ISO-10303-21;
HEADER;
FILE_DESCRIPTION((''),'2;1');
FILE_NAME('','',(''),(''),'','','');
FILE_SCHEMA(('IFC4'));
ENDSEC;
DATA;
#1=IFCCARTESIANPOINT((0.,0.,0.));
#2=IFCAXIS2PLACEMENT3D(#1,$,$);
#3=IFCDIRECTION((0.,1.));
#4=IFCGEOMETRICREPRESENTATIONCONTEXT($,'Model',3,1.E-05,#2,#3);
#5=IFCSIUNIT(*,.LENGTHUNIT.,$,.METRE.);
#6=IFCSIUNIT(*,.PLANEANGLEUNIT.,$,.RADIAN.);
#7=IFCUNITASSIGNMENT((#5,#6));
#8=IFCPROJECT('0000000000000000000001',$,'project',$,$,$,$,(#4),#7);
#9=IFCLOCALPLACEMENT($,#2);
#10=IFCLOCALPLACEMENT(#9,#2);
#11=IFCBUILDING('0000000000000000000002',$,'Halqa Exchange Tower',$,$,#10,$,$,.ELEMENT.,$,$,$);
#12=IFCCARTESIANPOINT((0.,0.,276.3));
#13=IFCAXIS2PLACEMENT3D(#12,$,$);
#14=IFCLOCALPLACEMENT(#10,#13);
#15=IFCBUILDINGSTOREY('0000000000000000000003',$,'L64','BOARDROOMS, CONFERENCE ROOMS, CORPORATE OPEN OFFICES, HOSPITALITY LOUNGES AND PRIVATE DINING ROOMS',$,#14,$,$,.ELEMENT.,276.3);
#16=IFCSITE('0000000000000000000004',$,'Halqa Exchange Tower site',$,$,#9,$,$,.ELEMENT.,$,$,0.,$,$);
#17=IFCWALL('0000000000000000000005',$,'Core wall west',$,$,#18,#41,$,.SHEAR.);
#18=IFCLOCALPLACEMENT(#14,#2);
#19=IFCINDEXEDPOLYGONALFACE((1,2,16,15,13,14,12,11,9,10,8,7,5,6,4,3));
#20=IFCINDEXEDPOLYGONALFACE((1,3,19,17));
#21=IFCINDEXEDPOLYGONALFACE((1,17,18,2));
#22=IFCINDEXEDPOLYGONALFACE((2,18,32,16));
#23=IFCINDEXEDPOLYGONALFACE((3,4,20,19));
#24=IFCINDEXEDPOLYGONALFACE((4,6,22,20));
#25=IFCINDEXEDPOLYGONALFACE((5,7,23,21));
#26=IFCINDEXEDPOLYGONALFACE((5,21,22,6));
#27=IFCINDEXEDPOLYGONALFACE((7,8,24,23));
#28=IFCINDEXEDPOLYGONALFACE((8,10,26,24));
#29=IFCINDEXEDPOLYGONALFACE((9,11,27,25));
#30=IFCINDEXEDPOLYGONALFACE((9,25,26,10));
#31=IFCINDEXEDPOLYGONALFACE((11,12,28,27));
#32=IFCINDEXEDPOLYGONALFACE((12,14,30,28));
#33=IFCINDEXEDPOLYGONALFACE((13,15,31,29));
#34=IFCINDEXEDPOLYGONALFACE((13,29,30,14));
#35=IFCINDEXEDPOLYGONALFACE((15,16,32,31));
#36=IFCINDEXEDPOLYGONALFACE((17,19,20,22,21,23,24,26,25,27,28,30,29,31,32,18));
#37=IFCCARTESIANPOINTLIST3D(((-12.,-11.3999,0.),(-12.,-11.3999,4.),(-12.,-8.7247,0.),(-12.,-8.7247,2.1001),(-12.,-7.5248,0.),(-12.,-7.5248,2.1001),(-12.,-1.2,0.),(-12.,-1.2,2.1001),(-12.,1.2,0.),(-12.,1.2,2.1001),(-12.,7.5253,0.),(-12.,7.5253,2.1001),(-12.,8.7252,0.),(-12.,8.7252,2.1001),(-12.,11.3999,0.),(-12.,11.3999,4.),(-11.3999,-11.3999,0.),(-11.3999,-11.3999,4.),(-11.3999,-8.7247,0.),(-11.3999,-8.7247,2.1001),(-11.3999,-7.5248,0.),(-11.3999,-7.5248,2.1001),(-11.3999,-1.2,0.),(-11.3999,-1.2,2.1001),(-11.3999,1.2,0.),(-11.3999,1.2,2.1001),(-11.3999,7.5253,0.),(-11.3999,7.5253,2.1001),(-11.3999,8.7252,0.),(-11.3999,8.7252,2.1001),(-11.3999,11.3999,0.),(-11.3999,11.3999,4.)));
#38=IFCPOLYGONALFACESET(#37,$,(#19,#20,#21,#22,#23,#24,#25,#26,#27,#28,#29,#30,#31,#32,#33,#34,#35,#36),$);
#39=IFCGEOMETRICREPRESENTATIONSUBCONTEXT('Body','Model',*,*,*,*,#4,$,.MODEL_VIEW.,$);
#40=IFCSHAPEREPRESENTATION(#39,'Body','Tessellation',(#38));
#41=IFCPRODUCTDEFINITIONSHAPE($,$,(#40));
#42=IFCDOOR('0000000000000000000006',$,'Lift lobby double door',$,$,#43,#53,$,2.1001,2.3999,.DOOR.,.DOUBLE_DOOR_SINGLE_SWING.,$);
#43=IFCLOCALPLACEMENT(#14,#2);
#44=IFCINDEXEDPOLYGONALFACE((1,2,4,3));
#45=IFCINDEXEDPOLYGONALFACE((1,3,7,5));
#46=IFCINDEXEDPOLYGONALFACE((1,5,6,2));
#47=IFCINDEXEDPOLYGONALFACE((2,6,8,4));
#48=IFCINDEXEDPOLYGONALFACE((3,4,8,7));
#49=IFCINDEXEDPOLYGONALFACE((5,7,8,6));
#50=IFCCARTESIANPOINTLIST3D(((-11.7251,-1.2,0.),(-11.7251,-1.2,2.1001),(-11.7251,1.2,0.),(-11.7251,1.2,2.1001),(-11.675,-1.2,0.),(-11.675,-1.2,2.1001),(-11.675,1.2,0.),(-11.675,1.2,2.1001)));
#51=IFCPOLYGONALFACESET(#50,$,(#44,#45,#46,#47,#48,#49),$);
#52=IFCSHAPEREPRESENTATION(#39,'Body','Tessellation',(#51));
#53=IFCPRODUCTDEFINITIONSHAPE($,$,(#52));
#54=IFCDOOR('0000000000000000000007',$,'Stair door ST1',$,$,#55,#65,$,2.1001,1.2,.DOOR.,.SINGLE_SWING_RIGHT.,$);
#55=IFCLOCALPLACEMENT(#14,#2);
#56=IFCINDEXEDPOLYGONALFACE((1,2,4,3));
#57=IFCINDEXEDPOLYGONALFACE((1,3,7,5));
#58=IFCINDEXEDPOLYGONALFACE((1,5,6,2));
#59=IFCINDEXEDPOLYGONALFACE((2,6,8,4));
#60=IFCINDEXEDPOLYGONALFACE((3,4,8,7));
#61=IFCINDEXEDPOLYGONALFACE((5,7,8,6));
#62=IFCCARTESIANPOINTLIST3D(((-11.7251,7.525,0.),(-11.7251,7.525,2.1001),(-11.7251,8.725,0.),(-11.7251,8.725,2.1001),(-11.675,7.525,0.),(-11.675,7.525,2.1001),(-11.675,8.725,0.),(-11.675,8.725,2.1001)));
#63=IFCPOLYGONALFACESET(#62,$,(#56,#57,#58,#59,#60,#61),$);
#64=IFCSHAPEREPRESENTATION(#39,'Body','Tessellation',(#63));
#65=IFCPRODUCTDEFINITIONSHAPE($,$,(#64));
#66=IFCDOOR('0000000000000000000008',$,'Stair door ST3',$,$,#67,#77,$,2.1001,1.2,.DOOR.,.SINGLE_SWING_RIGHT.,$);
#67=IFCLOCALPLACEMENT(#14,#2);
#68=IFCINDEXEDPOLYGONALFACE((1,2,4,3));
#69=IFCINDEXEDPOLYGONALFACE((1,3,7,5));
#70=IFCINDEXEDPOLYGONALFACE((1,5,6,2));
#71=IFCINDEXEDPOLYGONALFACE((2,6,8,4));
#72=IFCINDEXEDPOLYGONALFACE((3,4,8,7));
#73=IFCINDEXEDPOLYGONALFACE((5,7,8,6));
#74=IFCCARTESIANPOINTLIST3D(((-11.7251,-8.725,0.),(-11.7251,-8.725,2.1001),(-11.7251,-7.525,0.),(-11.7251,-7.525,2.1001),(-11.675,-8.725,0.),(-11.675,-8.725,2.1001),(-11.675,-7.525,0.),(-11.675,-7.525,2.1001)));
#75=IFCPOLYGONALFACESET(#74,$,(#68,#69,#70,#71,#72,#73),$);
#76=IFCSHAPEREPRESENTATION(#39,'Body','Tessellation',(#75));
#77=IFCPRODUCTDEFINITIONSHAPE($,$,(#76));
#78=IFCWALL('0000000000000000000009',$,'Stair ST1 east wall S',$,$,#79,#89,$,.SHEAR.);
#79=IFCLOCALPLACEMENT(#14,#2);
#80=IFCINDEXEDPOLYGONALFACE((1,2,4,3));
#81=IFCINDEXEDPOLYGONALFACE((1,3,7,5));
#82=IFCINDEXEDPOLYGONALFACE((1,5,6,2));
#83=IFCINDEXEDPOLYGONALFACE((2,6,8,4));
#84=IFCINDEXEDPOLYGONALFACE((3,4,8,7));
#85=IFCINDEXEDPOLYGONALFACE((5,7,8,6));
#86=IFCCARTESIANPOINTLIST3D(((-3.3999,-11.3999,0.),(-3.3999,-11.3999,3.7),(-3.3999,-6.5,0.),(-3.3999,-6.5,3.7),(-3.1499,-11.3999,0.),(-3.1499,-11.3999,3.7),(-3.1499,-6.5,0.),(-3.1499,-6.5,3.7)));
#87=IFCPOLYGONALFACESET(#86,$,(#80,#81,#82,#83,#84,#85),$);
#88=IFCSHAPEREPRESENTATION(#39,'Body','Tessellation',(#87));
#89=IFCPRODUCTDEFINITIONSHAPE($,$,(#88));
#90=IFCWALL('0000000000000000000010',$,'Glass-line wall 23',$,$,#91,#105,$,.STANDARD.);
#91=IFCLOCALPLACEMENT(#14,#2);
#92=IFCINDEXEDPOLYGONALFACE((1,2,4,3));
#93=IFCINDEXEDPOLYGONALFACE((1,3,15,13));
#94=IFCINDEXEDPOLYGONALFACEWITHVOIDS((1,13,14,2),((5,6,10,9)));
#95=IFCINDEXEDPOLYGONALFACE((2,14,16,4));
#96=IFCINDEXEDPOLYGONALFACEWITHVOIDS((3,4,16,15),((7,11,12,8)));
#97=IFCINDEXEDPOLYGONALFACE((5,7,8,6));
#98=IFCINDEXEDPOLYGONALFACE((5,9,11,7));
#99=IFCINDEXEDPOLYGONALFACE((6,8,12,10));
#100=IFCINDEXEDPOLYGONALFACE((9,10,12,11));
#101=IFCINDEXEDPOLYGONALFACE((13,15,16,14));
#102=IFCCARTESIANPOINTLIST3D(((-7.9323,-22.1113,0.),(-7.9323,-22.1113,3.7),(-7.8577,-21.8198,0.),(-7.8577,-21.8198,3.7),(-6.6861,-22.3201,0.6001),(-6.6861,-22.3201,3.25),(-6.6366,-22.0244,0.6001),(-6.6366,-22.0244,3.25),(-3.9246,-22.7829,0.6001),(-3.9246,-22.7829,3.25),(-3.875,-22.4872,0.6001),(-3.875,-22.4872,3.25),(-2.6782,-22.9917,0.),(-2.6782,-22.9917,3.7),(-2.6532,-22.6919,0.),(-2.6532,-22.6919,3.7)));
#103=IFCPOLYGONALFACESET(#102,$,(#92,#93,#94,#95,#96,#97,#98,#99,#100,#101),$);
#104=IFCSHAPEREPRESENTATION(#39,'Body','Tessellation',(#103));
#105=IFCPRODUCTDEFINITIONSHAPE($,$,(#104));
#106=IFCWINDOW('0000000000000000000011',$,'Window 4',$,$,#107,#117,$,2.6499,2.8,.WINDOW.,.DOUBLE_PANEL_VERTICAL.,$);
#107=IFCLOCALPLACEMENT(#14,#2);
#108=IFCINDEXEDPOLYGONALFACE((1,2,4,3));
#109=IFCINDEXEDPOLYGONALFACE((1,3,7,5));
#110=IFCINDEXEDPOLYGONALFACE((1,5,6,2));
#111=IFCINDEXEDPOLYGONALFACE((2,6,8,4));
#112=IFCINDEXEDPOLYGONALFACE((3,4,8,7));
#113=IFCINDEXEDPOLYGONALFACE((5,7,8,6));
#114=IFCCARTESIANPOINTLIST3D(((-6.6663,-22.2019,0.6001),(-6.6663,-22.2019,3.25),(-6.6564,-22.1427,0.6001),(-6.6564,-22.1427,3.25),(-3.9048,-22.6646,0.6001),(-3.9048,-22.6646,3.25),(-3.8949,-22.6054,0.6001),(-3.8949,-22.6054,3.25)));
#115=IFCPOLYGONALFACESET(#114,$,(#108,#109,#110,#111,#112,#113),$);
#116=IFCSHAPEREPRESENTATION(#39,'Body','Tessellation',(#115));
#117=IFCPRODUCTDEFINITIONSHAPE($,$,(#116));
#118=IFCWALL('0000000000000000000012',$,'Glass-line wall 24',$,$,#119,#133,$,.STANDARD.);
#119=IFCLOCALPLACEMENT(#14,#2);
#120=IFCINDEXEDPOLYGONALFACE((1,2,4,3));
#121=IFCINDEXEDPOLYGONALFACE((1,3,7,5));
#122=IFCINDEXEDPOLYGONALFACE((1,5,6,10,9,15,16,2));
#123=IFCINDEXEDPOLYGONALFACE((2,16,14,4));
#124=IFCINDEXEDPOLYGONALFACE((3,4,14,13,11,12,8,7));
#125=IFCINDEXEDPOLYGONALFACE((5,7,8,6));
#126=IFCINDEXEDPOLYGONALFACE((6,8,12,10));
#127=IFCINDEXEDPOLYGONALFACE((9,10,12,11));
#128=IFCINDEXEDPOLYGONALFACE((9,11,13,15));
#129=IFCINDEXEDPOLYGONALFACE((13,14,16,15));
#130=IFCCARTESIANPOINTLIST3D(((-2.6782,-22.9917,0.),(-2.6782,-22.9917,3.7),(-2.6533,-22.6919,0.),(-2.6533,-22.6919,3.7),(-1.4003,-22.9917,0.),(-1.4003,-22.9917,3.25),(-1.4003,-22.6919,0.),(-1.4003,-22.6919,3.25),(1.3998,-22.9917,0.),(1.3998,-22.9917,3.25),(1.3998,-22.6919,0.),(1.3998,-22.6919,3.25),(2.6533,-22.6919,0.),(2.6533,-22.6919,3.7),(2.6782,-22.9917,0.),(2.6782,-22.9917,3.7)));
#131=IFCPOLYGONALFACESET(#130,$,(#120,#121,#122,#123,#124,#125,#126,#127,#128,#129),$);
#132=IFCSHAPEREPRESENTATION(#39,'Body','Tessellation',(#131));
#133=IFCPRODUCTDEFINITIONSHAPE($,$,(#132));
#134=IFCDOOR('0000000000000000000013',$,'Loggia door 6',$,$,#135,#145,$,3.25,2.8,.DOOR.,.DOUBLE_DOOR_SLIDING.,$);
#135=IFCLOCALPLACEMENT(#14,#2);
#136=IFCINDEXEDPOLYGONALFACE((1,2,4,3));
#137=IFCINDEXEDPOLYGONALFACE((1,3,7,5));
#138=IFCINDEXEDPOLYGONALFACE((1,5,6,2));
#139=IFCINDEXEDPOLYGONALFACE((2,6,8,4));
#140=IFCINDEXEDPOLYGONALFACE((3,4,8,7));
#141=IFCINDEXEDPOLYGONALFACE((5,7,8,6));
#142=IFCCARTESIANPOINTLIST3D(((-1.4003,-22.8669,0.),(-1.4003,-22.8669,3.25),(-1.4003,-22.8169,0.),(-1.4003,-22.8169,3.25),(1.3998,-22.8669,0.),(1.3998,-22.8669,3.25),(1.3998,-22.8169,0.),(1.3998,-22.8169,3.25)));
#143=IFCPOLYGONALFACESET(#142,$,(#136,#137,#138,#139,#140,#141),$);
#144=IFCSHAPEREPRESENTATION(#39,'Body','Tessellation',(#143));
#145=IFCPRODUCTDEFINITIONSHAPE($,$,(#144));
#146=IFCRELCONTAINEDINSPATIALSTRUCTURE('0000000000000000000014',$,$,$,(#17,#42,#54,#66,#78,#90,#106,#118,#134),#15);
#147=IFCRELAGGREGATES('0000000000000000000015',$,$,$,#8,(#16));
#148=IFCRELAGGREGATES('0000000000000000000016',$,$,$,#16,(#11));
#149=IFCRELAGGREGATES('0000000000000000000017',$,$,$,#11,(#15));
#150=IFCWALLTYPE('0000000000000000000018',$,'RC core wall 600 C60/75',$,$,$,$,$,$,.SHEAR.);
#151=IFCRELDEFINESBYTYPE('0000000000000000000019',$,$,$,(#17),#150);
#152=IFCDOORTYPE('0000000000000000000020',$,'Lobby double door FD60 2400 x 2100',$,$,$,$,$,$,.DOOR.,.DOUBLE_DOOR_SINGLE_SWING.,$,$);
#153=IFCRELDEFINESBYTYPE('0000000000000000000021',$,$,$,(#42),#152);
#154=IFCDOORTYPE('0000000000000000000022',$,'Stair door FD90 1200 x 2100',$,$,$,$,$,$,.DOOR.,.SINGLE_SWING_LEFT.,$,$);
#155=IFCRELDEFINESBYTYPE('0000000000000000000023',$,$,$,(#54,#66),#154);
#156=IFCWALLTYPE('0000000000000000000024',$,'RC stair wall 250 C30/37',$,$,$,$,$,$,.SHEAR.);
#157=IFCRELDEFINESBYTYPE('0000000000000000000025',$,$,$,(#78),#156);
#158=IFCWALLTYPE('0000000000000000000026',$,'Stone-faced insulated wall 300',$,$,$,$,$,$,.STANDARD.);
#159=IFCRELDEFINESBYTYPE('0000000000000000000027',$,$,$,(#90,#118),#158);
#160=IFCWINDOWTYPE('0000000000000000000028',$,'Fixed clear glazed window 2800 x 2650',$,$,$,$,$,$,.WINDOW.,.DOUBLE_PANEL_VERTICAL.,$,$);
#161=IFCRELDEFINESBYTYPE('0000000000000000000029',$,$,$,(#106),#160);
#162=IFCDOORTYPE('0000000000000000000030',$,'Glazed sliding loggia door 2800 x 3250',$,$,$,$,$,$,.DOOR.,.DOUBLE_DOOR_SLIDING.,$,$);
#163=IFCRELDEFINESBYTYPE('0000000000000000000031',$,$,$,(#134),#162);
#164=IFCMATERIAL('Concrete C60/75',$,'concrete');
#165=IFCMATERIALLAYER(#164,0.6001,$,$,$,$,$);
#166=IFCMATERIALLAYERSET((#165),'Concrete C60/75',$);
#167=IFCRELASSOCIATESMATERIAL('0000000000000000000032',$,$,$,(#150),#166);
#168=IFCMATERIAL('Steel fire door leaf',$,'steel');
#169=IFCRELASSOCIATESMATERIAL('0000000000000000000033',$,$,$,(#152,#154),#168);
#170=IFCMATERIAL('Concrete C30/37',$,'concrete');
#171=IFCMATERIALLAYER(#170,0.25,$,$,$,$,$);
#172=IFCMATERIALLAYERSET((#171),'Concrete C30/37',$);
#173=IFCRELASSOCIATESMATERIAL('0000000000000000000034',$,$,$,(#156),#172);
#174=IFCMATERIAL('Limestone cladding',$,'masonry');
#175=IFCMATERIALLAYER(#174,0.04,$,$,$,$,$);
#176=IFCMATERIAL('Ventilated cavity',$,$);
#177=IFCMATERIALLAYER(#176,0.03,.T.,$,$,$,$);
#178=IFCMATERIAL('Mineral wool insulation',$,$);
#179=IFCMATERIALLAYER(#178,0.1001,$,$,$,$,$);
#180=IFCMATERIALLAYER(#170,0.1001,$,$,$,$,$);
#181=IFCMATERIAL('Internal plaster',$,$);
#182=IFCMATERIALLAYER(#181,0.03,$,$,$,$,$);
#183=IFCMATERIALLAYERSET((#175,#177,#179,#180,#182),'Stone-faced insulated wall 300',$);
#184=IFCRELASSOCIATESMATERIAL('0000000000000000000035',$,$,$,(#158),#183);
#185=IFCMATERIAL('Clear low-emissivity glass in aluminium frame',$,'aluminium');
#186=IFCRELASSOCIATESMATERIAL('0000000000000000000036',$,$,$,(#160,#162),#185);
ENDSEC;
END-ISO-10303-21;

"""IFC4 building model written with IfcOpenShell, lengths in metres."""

from ifc_helpers import new_model, si_unit, direction, frame, frame_2d, origin, place, context, subcontext, project, spatial, polyline, rectangle, outline, extrude, material, layer, layer_set, type_object, element, fill, save


model = new_model("IFC4")

# Units and contexts
model_context = context("Model", 3, precision=1e-05, world=origin(), true_north=direction((0.0, 1.0)))
body_context = subcontext(model_context, "Body", "Model", "MODEL_VIEW")
ifc_project = project(units=[si_unit("LENGTHUNIT", "METRE"), si_unit("PLANEANGLEUNIT", "RADIAN")], contexts=[model_context])

# Site, building, storey
site_placement = place(None, origin())
site = spatial("IfcSite", under=ifc_project, at=site_placement, Name="Halqa Exchange Tower site", CompositionType="ELEMENT", RefElevation=0.0)
building_placement = place(site_placement, origin())
building = spatial("IfcBuilding", under=site, at=building_placement, Name="Halqa Exchange Tower", CompositionType="ELEMENT")
storey_placement = place(building_placement, frame((0.0, 0.0, 276.3)))
storey = spatial("IfcBuildingStorey", under=building, at=storey_placement, Name="L64", Description="BOARDROOMS, CONFERENCE ROOMS, CORPORATE OPEN OFFICES, HOSPITALITY LOUNGES AND PRIVATE DINING ROOMS", CompositionType="ELEMENT", Elevation=276.3)

# Shared definitions
ifc_material_1 = material(Name="Concrete C60/75", Category="concrete")

# Wall, openings, doors
ifc_layer_1 = layer(ifc_material_1, 0.6001)
ifc_layer_set_1 = layer_set([ifc_layer_1], Name="Concrete C60/75")
wall_type_1 = type_object("IfcWallType", Name="RC core wall 600 C60/75", PredefinedType="SHEAR", material=ifc_layer_set_1)
wall_1_placement = place(storey_placement, frame((-11.7, -11.3999, 0.0), z_axis=(0.0, 0.0, 1.0), x_axis=(0.0, 1.0, 0.0)))
wall_1 = element("IfcWall", 1, at=wall_1_placement, inside=storey, type_object=wall_type_1, Name="Core wall west", PredefinedType="SHEAR", context=body_context, shape_type="SweptSolid", body=[
    extrude(rectangle(XDim=22.7998, YDim=0.6001, at=frame_2d((11.3999, 0.0))), origin(), (0.0, 0.0, 1.0), 4.0),
])
opening_1_placement = place(wall_1_placement, frame((10.2, 0.0, 0.0)))
opening_1 = element("IfcOpeningElement", 2, at=opening_1_placement, cuts=wall_1, PredefinedType="OPENING", context=body_context, shape_type="SweptSolid", body=[
    extrude(rectangle(XDim=2.3999, YDim=2.1001, at=frame_2d((1.2, 1.05))), frame((0.0, 0.312, 0.0), z_axis=(0.0, -1.0, 0.0), x_axis=(1.0, 0.0, 0.0)), (0.0, 0.0, 1.0), 0.624),
])
opening_2_placement = place(wall_1_placement, frame((18.925, 0.0, 0.0)))
opening_2 = element("IfcOpeningElement", 3, at=opening_2_placement, cuts=wall_1, PredefinedType="OPENING", context=body_context, shape_type="SweptSolid", body=[
    extrude(rectangle(XDim=1.2, YDim=2.1001, at=frame_2d((0.6001, 1.05))), frame((0.0, 0.312, 0.0), z_axis=(0.0, -1.0, 0.0), x_axis=(1.0, 0.0, 0.0)), (0.0, 0.0, 1.0), 0.624),
])
opening_3_placement = place(wall_1_placement, frame((2.675, 0.0, 0.0)))
opening_3 = element("IfcOpeningElement", 4, at=opening_3_placement, cuts=wall_1, PredefinedType="OPENING", context=body_context, shape_type="SweptSolid", body=[
    extrude(rectangle(XDim=1.2, YDim=2.1001, at=frame_2d((0.6001, 1.05))), frame((0.0, 0.312, 0.0), z_axis=(0.0, -1.0, 0.0), x_axis=(1.0, 0.0, 0.0)), (0.0, 0.0, 1.0), 0.624),
])
ifc_material_2 = material(Name="Steel fire door leaf", Category="steel")
door_type_1 = type_object("IfcDoorType", Name="Lobby double door FD60 2400 x 2100", OperationType="DOUBLE_DOOR_SINGLE_SWING", PredefinedType="DOOR", material=ifc_material_2)
door_1_placement = place(opening_1_placement, frame((2.3999, 0.0, 0.0), z_axis=(0.0, 0.0, 1.0), x_axis=(-1.0, 0.0, 0.0)))
door_1 = element("IfcDoor", 5, at=door_1_placement, inside=storey, type_object=door_type_1, Name="Lift lobby double door", OperationType="DOUBLE_DOOR_SINGLE_SWING", OverallHeight=2.1001, OverallWidth=2.3999, PredefinedType="DOOR", context=body_context, shape_type="SweptSolid", body=[
    extrude(rectangle(XDim=2.3999, YDim=2.1001, at=frame_2d((1.2, 1.05))), frame((0.0, 0.0249, 0.0), z_axis=(0.0, -1.0, 0.0), x_axis=(1.0, 0.0, 0.0)), (0.0, 0.0, 1.0), 0.05),
])
fill(opening_1, door_1)
door_type_2 = type_object("IfcDoorType", Name="Stair door FD90 1200 x 2100", OperationType="SINGLE_SWING_LEFT", PredefinedType="DOOR", material=ifc_material_2)
door_2_placement = place(opening_2_placement, frame((1.2, 0.0, 0.0), z_axis=(0.0, 0.0, 1.0), x_axis=(-1.0, 0.0, 0.0)))
door_2 = element("IfcDoor", 6, at=door_2_placement, inside=storey, type_object=door_type_2, Name="Stair door ST1", OperationType="SINGLE_SWING_RIGHT", OverallHeight=2.1001, OverallWidth=1.2, PredefinedType="DOOR", context=body_context, shape_type="SweptSolid", body=[
    extrude(rectangle(XDim=1.2, YDim=2.1001, at=frame_2d((0.6001, 1.05))), frame((0.0, 0.0249, 0.0), z_axis=(0.0, -1.0, 0.0), x_axis=(1.0, 0.0, 0.0)), (0.0, 0.0, 1.0), 0.05),
])
fill(opening_2, door_2)
door_3_placement = place(opening_3_placement, frame((1.2, 0.0, 0.0), z_axis=(0.0, 0.0, 1.0), x_axis=(-1.0, 0.0, 0.0)))
door_3 = element("IfcDoor", 7, at=door_3_placement, inside=storey, type_object=door_type_2, Name="Stair door ST3", OperationType="SINGLE_SWING_RIGHT", OverallHeight=2.1001, OverallWidth=1.2, PredefinedType="DOOR", context=body_context, shape_type="SweptSolid", body=[
    extrude(rectangle(XDim=1.2, YDim=2.1001, at=frame_2d((0.6001, 1.05))), frame((0.0, 0.0249, 0.0), z_axis=(0.0, -1.0, 0.0), x_axis=(1.0, 0.0, 0.0)), (0.0, 0.0, 1.0), 0.05),
])
fill(opening_3, door_3)

# Wall
ifc_material_3 = material(Name="Concrete C30/37", Category="concrete")
ifc_layer_2 = layer(ifc_material_3, 0.25)
ifc_layer_set_2 = layer_set([ifc_layer_2], Name="Concrete C30/37")
wall_type_2 = type_object("IfcWallType", Name="RC stair wall 250 C30/37", PredefinedType="SHEAR", material=ifc_layer_set_2)
wall_2_placement = place(storey_placement, frame((-3.2749, -11.3999, 0.0), z_axis=(0.0, 0.0, 1.0), x_axis=(0.0, 1.0, 0.0)))
element("IfcWall", 8, at=wall_2_placement, inside=storey, type_object=wall_type_2, Name="Stair ST1 east wall S", PredefinedType="SHEAR", context=body_context, shape_type="SweptSolid", body=[
    extrude(rectangle(XDim=4.8999, YDim=0.25, at=frame_2d((2.45, 0.0))), origin(), (0.0, 0.0, 1.0), 3.7),
])

# Wall, opening, window
ifc_material_4 = material(Name="Limestone cladding", Category="masonry")
ifc_layer_3 = layer(ifc_material_4, 0.04)
ifc_material_5 = material(Name="Ventilated cavity")
ifc_layer_4 = layer(ifc_material_5, 0.03, ventilated=True)
ifc_material_6 = material(Name="Mineral wool insulation")
ifc_layer_5 = layer(ifc_material_6, 0.1001)
ifc_layer_6 = layer(ifc_material_3, 0.1001)
ifc_material_7 = material(Name="Internal plaster")
ifc_layer_7 = layer(ifc_material_7, 0.03)
ifc_layer_set_3 = layer_set([ifc_layer_3, ifc_layer_4, ifc_layer_5, ifc_layer_6, ifc_layer_7], Name="Stone-faced insulated wall 300")
wall_type_3 = type_object("IfcWallType", Name="Stone-faced insulated wall 300", PredefinedType="STANDARD", material=ifc_layer_set_3)
wall_3_placement = place(storey_placement, frame((-7.895, -21.9656, 0.0), z_axis=(0.0, 0.0, 1.0), x_axis=(0.98625, -0.165258, 0.0)))
wall_3 = element("IfcWall", 9, at=wall_3_placement, inside=storey, type_object=wall_type_3, Name="Glass-line wall 23", PredefinedType="STANDARD", context=body_context, shape_type="SweptSolid", body=[
    extrude(outline(polyline([(-0.0127, -0.1499), (5.3147, -0.1499), (5.2898, 0.1499), (0.0127, 0.1499), (-0.0127, -0.1499)])), origin(), (0.0, 0.0, 1.0), 3.7),
])
opening_4_placement = place(wall_3_placement, frame((1.251, 0.0, 0.6001)))
opening_4 = element("IfcOpeningElement", 10, at=opening_4_placement, cuts=wall_3, PredefinedType="OPENING", context=body_context, shape_type="SweptSolid", body=[
    extrude(rectangle(XDim=2.8, YDim=2.6499, at=frame_2d((1.3999, 1.325))), frame((0.0, 0.1621, 0.0), z_axis=(0.0, -1.0, 0.0), x_axis=(1.0, 0.0, 0.0)), (0.0, 0.0, 1.0), 0.324),
])
ifc_material_8 = material(Name="Clear low-emissivity glass in aluminium frame", Category="aluminium")
window_type = type_object("IfcWindowType", Name="Fixed clear glazed window 2800 x 2650", PartitioningType="DOUBLE_PANEL_VERTICAL", PredefinedType="WINDOW", material=ifc_material_8)
window_placement = place(opening_4_placement, origin())
window = element("IfcWindow", 11, at=window_placement, inside=storey, type_object=window_type, Name="Window 4", OverallHeight=2.6499, OverallWidth=2.8, PartitioningType="DOUBLE_PANEL_VERTICAL", PredefinedType="WINDOW", context=body_context, shape_type="SweptSolid", body=[
    extrude(rectangle(XDim=2.8, YDim=2.6499, at=frame_2d((1.3999, 1.325))), frame((0.0, 0.03, 0.0), z_axis=(0.0, -1.0, 0.0), x_axis=(1.0, 0.0, 0.0)), (0.0, 0.0, 1.0), 0.0601),
])
fill(opening_4, window)

# Wall, opening, door
wall_4_placement = place(storey_placement, frame((-2.6658, -22.8418, 0.0), z_axis=(0.0, 0.0, 1.0), x_axis=(1.0, 0.0, 0.0)))
wall_4 = element("IfcWall", 12, at=wall_4_placement, inside=storey, type_object=wall_type_3, Name="Glass-line wall 24", PredefinedType="STANDARD", context=body_context, shape_type="SweptSolid", body=[
    extrude(outline(polyline([(-0.0125, -0.1499), (5.344, -0.1499), (5.3191, 0.1499), (0.0125, 0.1499), (-0.0125, -0.1499)])), origin(), (0.0, 0.0, 1.0), 3.7),
])
opening_5_placement = place(wall_4_placement, frame((1.2656, 0.0, 0.0)))
opening_5 = element("IfcOpeningElement", 13, at=opening_5_placement, cuts=wall_4, PredefinedType="OPENING", context=body_context, shape_type="SweptSolid", body=[
    extrude(rectangle(XDim=2.8, YDim=3.25, at=frame_2d((1.3999, 1.625))), frame((0.0, 0.1621, 0.0), z_axis=(0.0, -1.0, 0.0), x_axis=(1.0, 0.0, 0.0)), (0.0, 0.0, 1.0), 0.324),
])
door_type_3 = type_object("IfcDoorType", Name="Glazed sliding loggia door 2800 x 3250", OperationType="DOUBLE_DOOR_SLIDING", PredefinedType="DOOR", material=ifc_material_8)
door_4_placement = place(opening_5_placement, origin())
door_4 = element("IfcDoor", 14, at=door_4_placement, inside=storey, type_object=door_type_3, Name="Loggia door 6", OperationType="DOUBLE_DOOR_SLIDING", OverallHeight=3.25, OverallWidth=2.8, PredefinedType="DOOR", context=body_context, shape_type="SweptSolid", body=[
    extrude(rectangle(XDim=2.8, YDim=3.25, at=frame_2d((1.3999, 1.625))), frame((0.0, 0.0249, 0.0), z_axis=(0.0, -1.0, 0.0), x_axis=(1.0, 0.0, 0.0)), (0.0, 0.0, 1.0), 0.05),
])
fill(opening_5, door_4)

save(model, "model.ifc")
